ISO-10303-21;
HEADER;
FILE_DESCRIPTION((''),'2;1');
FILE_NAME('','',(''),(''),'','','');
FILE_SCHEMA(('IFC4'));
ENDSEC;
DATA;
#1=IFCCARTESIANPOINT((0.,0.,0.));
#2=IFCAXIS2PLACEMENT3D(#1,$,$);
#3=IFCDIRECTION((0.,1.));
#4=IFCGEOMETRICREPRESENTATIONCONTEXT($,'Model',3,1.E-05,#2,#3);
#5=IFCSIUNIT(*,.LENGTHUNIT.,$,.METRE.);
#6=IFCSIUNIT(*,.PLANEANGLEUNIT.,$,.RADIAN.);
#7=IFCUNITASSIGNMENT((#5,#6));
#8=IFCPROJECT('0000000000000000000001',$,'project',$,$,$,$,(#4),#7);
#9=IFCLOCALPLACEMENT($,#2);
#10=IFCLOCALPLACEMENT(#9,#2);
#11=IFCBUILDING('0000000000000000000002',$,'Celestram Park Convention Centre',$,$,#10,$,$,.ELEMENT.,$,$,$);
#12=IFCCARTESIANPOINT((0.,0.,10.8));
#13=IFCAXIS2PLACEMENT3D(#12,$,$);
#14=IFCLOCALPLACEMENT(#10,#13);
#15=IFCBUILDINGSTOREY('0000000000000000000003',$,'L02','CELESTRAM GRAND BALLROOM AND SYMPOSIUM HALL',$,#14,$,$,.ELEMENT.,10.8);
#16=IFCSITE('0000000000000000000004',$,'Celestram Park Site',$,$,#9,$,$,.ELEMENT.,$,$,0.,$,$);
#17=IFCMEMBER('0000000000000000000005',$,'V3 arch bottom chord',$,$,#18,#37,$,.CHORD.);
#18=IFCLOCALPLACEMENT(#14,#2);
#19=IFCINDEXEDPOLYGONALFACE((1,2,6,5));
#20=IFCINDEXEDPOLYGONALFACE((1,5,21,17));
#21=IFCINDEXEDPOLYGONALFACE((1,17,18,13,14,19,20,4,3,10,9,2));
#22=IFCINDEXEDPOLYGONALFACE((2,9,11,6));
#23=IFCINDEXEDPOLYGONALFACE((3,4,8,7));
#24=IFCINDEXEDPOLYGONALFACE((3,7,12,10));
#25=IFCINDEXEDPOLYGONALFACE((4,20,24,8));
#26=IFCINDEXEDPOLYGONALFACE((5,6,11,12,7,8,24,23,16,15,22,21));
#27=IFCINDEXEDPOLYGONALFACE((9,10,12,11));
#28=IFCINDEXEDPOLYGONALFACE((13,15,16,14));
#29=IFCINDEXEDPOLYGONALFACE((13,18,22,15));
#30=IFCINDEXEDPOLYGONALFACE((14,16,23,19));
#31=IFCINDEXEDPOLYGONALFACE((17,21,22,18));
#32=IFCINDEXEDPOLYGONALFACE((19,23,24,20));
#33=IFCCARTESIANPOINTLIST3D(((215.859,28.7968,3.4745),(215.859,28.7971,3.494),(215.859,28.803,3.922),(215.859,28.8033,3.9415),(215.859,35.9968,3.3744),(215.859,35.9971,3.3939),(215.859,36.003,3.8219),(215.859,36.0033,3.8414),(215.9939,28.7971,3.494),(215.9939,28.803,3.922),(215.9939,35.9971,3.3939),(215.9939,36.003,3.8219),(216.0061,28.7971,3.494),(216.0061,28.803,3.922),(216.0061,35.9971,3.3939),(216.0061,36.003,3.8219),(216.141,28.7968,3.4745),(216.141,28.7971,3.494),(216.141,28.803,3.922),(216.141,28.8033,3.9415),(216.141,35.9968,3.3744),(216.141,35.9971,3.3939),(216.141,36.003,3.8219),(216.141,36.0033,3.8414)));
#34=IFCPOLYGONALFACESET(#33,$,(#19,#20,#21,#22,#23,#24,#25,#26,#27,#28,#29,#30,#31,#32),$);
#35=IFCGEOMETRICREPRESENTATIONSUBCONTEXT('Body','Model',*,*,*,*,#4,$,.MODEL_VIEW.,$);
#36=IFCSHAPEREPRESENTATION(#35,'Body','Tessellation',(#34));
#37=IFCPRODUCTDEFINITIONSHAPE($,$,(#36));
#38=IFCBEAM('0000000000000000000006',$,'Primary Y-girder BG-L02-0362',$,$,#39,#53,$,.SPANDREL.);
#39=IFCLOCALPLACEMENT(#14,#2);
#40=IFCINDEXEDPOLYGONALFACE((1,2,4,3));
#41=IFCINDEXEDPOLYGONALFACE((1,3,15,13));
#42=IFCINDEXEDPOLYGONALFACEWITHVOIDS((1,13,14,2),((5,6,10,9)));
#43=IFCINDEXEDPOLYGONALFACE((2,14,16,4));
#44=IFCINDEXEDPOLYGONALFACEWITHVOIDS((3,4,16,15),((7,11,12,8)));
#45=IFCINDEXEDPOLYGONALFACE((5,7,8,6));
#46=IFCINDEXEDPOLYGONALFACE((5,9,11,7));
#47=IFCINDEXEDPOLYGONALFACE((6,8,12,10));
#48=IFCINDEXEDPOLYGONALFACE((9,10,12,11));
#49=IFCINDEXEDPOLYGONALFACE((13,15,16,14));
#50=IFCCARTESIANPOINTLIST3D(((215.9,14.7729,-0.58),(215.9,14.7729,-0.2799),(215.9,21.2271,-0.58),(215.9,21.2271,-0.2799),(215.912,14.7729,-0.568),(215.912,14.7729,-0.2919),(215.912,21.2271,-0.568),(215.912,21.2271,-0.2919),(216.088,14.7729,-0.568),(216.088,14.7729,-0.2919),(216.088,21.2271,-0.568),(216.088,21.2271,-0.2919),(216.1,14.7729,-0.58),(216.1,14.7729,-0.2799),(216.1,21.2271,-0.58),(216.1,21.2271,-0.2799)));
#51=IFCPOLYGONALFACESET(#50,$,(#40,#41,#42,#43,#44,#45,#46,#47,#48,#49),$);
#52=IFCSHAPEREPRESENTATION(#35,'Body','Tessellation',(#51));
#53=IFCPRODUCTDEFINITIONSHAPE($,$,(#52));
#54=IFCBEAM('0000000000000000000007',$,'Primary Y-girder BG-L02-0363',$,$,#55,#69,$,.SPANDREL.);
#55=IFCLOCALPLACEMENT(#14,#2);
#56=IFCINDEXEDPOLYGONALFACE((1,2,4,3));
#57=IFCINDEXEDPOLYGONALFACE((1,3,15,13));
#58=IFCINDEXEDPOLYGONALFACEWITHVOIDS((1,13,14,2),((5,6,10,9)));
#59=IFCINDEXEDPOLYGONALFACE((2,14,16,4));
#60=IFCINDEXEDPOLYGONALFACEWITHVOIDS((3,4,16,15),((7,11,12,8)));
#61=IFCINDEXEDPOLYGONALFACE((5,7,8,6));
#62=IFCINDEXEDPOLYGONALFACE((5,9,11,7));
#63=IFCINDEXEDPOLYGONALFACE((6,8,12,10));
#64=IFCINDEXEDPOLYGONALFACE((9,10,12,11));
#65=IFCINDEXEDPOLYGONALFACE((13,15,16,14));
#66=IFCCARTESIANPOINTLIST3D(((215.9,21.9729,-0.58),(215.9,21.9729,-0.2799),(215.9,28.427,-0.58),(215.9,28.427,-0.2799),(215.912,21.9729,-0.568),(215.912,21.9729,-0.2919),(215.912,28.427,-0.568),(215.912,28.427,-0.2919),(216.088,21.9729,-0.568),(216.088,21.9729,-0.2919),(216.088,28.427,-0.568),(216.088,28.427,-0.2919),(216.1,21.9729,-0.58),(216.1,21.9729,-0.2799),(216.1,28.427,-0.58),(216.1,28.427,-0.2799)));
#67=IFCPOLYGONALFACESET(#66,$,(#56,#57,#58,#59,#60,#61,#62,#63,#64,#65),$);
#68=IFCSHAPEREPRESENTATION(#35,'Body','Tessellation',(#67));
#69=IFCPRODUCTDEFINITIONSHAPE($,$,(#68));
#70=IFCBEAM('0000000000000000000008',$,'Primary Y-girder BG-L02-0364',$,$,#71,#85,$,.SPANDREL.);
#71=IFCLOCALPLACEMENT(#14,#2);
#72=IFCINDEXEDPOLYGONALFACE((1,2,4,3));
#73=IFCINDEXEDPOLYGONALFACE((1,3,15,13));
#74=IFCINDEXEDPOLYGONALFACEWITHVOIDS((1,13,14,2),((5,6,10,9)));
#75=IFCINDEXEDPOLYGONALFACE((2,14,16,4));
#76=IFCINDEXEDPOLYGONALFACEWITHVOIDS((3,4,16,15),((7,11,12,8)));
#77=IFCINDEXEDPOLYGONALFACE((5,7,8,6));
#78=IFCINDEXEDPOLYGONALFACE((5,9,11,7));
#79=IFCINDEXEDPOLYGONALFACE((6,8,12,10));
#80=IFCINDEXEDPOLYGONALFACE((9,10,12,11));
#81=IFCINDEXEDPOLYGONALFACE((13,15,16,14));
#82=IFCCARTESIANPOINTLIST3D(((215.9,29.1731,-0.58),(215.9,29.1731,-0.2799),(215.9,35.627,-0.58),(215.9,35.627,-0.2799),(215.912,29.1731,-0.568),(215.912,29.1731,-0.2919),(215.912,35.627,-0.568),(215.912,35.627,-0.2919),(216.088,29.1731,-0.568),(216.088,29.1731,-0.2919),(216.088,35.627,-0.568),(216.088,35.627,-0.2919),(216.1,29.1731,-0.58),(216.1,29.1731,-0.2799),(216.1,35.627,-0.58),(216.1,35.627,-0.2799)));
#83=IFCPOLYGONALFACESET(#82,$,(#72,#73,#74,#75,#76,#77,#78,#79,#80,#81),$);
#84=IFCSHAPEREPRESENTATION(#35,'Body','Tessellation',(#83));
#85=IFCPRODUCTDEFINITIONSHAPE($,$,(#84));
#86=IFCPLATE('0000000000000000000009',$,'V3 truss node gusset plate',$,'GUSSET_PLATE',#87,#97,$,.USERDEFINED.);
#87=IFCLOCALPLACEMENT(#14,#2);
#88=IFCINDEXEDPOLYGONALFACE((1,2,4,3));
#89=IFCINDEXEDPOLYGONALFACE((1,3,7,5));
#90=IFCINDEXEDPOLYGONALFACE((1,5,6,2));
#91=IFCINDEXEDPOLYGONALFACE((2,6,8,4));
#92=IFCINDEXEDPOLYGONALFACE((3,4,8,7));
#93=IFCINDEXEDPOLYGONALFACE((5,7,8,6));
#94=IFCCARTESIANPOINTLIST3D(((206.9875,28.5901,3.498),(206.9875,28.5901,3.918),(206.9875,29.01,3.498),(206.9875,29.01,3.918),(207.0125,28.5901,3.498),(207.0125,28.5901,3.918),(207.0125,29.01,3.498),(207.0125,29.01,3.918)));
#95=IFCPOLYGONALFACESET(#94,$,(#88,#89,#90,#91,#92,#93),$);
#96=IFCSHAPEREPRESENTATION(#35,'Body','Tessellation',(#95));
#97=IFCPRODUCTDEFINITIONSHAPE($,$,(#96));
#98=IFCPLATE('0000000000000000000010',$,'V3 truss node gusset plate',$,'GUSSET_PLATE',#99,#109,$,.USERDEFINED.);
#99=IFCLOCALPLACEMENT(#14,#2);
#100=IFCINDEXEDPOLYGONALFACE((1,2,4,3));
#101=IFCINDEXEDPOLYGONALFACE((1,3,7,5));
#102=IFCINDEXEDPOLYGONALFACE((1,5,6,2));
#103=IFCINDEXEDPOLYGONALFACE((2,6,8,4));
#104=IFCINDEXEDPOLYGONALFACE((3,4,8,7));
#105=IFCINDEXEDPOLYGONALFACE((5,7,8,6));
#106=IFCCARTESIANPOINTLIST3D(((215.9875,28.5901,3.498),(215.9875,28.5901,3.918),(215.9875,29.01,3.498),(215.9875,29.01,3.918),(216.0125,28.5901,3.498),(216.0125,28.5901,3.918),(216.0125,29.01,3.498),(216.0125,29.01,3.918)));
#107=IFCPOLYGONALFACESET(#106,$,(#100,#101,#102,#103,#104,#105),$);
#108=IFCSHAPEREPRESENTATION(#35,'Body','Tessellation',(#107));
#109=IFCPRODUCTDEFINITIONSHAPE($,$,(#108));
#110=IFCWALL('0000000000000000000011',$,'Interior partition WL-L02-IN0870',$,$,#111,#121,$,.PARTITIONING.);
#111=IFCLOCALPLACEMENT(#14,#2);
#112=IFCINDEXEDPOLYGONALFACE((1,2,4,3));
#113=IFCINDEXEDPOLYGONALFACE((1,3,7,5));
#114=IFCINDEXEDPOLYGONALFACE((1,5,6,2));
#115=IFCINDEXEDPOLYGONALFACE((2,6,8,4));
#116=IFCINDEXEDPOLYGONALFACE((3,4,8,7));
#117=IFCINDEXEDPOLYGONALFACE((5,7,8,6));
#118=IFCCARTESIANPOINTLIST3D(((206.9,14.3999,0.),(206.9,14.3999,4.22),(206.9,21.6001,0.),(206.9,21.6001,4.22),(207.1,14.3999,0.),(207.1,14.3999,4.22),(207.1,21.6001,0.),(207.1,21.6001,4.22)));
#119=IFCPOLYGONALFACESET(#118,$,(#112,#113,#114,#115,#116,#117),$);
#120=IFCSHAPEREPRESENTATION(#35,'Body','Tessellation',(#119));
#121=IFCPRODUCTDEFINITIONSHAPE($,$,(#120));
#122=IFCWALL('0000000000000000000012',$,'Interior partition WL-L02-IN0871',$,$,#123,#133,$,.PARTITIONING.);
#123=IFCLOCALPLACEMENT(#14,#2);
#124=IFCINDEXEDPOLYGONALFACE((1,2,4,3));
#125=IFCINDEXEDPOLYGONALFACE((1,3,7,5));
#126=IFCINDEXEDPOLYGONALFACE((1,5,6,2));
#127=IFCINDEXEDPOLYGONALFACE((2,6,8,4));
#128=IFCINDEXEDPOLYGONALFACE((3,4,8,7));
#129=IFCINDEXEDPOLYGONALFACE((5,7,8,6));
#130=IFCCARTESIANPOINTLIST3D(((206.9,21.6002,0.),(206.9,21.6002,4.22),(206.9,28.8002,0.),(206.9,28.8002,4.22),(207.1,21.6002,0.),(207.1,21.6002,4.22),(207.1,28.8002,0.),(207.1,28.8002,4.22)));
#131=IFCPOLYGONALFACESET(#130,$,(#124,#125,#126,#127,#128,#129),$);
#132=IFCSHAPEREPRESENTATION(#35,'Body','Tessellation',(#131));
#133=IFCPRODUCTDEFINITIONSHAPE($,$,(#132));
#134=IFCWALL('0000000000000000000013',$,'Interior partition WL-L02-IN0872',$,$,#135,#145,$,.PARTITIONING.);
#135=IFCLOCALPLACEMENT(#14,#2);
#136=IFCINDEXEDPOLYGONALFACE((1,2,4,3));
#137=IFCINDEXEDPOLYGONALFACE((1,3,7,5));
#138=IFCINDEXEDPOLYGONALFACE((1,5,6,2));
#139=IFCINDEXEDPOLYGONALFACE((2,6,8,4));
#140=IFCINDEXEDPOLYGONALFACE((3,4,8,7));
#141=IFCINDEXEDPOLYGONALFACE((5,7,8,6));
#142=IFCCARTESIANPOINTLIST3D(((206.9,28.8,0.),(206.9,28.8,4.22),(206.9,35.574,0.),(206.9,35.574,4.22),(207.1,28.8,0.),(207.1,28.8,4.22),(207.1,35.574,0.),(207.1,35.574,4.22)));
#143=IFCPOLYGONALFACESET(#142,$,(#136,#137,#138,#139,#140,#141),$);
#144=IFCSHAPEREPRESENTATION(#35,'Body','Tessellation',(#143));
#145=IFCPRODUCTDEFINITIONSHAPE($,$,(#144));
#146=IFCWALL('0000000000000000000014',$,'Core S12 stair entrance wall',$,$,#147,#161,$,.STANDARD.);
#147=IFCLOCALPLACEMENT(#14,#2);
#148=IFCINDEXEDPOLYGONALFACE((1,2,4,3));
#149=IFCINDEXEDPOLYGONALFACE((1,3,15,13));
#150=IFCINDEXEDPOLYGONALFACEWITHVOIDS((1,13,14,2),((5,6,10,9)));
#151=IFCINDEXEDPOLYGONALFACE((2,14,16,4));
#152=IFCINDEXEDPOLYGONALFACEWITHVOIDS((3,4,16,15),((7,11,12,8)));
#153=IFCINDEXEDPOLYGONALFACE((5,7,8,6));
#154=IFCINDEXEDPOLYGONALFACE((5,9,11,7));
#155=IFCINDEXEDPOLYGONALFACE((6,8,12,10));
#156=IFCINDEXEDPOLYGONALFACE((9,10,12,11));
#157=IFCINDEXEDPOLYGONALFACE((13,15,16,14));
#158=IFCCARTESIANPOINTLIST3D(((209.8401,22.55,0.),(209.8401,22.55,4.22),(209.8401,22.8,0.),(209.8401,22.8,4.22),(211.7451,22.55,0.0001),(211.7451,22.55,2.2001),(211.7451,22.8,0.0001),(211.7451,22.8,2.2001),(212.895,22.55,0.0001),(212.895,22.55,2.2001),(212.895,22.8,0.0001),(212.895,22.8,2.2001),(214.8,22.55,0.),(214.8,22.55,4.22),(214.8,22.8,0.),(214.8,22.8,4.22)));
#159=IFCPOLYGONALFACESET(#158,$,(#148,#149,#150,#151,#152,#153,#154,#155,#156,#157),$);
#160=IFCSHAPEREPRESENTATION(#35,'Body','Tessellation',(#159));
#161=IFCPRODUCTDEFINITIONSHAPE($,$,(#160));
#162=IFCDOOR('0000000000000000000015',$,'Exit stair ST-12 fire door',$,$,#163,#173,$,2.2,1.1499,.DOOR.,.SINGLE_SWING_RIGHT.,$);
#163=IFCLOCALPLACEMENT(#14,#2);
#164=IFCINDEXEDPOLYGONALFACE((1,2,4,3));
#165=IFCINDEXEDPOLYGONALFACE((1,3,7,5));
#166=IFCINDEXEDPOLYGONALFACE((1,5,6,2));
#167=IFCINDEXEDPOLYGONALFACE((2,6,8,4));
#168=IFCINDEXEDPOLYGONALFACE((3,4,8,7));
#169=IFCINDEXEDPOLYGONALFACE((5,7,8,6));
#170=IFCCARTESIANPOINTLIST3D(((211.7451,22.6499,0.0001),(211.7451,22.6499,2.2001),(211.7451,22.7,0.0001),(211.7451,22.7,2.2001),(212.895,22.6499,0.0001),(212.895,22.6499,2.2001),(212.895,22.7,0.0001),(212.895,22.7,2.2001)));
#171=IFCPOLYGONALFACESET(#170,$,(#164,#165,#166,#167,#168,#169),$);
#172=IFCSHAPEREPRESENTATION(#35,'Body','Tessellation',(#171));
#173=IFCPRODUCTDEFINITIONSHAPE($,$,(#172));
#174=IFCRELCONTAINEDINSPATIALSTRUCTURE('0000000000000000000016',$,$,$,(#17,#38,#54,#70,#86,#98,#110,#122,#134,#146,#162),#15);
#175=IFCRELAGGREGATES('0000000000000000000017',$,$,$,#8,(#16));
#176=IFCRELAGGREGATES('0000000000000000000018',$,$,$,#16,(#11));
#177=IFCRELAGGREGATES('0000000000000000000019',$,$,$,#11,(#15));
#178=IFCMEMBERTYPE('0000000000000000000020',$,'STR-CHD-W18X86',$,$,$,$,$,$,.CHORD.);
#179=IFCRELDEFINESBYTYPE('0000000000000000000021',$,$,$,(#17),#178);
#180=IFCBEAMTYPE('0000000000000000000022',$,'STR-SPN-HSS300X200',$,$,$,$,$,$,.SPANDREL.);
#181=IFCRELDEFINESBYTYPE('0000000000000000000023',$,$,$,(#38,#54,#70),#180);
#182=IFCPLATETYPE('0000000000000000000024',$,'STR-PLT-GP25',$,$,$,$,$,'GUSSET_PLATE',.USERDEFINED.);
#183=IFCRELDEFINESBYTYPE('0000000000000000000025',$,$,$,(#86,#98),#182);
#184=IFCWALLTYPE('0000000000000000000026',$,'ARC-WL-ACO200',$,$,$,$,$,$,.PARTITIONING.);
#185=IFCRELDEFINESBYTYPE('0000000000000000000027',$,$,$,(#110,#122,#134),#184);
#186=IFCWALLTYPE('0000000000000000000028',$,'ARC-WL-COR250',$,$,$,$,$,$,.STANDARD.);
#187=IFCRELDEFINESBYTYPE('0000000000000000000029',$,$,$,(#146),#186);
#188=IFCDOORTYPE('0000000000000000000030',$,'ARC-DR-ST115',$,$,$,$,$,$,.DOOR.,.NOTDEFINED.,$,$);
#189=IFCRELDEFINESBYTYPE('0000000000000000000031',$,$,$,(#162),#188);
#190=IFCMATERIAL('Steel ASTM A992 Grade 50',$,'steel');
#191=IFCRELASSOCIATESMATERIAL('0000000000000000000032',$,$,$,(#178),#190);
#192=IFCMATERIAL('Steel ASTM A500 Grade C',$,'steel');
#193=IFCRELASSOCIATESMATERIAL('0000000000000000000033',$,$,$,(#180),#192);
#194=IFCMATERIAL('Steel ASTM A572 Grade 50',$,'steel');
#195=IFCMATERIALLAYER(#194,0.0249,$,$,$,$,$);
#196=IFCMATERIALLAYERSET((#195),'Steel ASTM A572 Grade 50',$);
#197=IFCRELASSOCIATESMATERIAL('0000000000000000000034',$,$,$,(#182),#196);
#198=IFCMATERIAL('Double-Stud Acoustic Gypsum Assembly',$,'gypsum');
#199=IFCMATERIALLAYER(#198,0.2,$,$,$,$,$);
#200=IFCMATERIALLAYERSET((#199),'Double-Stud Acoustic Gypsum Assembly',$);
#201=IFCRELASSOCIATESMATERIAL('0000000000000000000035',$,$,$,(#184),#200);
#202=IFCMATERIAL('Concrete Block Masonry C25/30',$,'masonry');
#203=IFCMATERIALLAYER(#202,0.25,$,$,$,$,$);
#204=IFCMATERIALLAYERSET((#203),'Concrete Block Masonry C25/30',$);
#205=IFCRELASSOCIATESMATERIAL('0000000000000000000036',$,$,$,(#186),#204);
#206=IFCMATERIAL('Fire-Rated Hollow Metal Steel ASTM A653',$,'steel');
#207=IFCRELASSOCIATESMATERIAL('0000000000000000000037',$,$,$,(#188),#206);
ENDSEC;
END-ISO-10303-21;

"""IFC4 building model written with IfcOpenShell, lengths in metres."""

from ifc_helpers import new_model, si_unit, direction, frame, frame_2d, origin, origin_2d, place, context, subcontext, project, spatial, rectangle, hollow_rectangle, i_section, extrude, material, layer, layer_set, material_profile, profile_set, type_object, element, fill, save


model = new_model("IFC4")

# Units and contexts
model_context = context("Model", 3, precision=1e-05, world=origin(), true_north=direction((0.0, 1.0)))
body_context = subcontext(model_context, "Body", "Model", "MODEL_VIEW")
ifc_project = project(units=[si_unit("LENGTHUNIT", "METRE"), si_unit("PLANEANGLEUNIT", "RADIAN")], contexts=[model_context])

# Site, building, storey
site_placement = place(None, origin())
site = spatial("IfcSite", under=ifc_project, at=site_placement, Name="Celestram Park Site", CompositionType="ELEMENT", RefElevation=0.0)
building_placement = place(site_placement, origin())
building = spatial("IfcBuilding", under=site, at=building_placement, Name="Celestram Park Convention Centre", CompositionType="ELEMENT")
storey_placement = place(building_placement, frame((0.0, 0.0, 10.8)))
storey = spatial("IfcBuildingStorey", under=building, at=storey_placement, Name="L02", Description="CELESTRAM GRAND BALLROOM AND SYMPOSIUM HALL", CompositionType="ELEMENT", Elevation=10.8)

# Shared definitions
ifc_material_1 = material(Name="Steel ASTM A992 Grade 50", Category="steel")

# Member
ifc_material_profile_1 = material_profile(ifc_material_1, i_section(OverallWidth=0.282, OverallDepth=0.467, WebThickness=0.0122, FlangeThickness=0.0195, at=origin_2d()), Name="W18X86")
ifc_profile_set_1 = profile_set([ifc_material_profile_1], Name="Steel ASTM A992 Grade 50")
member_type = type_object("IfcMemberType", Name="STR-CHD-W18X86", PredefinedType="CHORD", material=ifc_profile_set_1)
for number, where, z_axis, x_axis, name in (
    (1, (216.0, 28.8, 3.708), (0.0, 0.999903, -0.013901), (-1.0, 0.0, 0.0), "V3 arch bottom chord"),
):
    element("IfcMember", number, at=place(storey_placement, frame(where, z_axis=z_axis, x_axis=x_axis)), inside=storey, type_object=member_type, Name=name, PredefinedType="CHORD", context=body_context, shape_type="SweptSolid", body=[
        extrude(i_section(OverallWidth=0.282, OverallDepth=0.467, WebThickness=0.0122, FlangeThickness=0.0195, at=origin_2d()), origin(), (0.0, 0.0, 1.0), 7.2007),
    ])

# Beams
ifc_material_2 = material(Name="Steel ASTM A500 Grade C", Category="steel")
ifc_material_profile_2 = material_profile(ifc_material_2, hollow_rectangle(XDim=0.2, YDim=0.3, WallThickness=0.012, at=origin_2d()), Name="HSS300X200X12")
ifc_profile_set_2 = profile_set([ifc_material_profile_2], Name="Steel ASTM A500 Grade C")
beam_type_1 = type_object("IfcBeamType", Name="STR-SPN-HSS300X200", PredefinedType="SPANDREL", material=ifc_profile_set_2)
for number, where, z_axis, x_axis, name in (
    (2, (216.0, 14.7729, -0.4299), (0.0, 1.0, 0.0), (-1.0, 0.0, 0.0), "Primary Y-girder BG-L02-0362"),
    (3, (216.0, 21.9729, -0.4299), (0.0, 1.0, 0.0), (-1.0, 0.0, 0.0), "Primary Y-girder BG-L02-0363"),
):
    element("IfcBeam", number, at=place(storey_placement, frame(where, z_axis=z_axis, x_axis=x_axis)), inside=storey, type_object=beam_type_1, Name=name, PredefinedType="SPANDREL", context=body_context, shape_type="SweptSolid", body=[
        extrude(hollow_rectangle(XDim=0.2, YDim=0.3, WallThickness=0.012, at=origin_2d()), origin(), (0.0, 0.0, 1.0), 6.4541),
    ])
beam_1_placement = place(storey_placement, frame((216.0, 29.1731, -0.4299), z_axis=(0.0, 1.0, 0.0), x_axis=(-1.0, 0.0, 0.0)))
element("IfcBeam", 4, at=beam_1_placement, inside=storey, type_object=beam_type_1, Name="Primary Y-girder BG-L02-0364", PredefinedType="SPANDREL", context=body_context, shape_type="SweptSolid", body=[
    extrude(hollow_rectangle(XDim=0.2, YDim=0.3, WallThickness=0.012, at=origin_2d()), origin(), (0.0, 0.0, 1.0), 6.4539),
])

# Plates
ifc_material_3 = material(Name="Steel ASTM A572 Grade 50", Category="steel")
ifc_layer_1 = layer(ifc_material_3, 0.0249)
ifc_layer_set_1 = layer_set([ifc_layer_1], Name="Steel ASTM A572 Grade 50")
plate_type = type_object("IfcPlateType", Name="STR-PLT-GP25", ElementType="GUSSET_PLATE", PredefinedType="USERDEFINED", material=ifc_layer_set_1)
for number, where, z_axis, x_axis, name in (
    (5, (207.0, 28.8, 3.498), (0.0, 0.0, 1.0), (0.0, 1.0, 0.0), "V3 truss node gusset plate"),
    (6, (216.0, 28.8, 3.498), (0.0, 0.0, 1.0), (0.0, 1.0, 0.0), "V3 truss node gusset plate"),
):
    element("IfcPlate", number, at=place(storey_placement, frame(where, z_axis=z_axis, x_axis=x_axis)), inside=storey, type_object=plate_type, Name=name, ObjectType="GUSSET_PLATE", PredefinedType="USERDEFINED", context=body_context, shape_type="SweptSolid", body=[
        extrude(rectangle(XDim=0.4199, YDim=0.0249, at=origin_2d()), origin(), (0.0, 0.0, 1.0), 0.4199),
    ])

# Walls
ifc_material_4 = material(Name="Double-Stud Acoustic Gypsum Assembly", Category="gypsum")
ifc_layer_2 = layer(ifc_material_4, 0.2)
ifc_layer_set_2 = layer_set([ifc_layer_2], Name="Double-Stud Acoustic Gypsum Assembly")
wall_type_1 = type_object("IfcWallType", Name="ARC-WL-ACO200", PredefinedType="PARTITIONING", material=ifc_layer_set_2)
wall_1_placement = place(storey_placement, frame((207.0, 14.3999, 0.0), z_axis=(0.0, 0.0, 1.0), x_axis=(0.0, 1.0, 0.0)))
element("IfcWall", 7, at=wall_1_placement, inside=storey, type_object=wall_type_1, Name="Interior partition WL-L02-IN0870", PredefinedType="PARTITIONING", context=body_context, shape_type="SweptSolid", body=[
    extrude(rectangle(XDim=7.2002, YDim=0.2, at=frame_2d((3.6001, 0.0))), origin(), (0.0, 0.0, 1.0), 4.22),
])
wall_2_placement = place(storey_placement, frame((207.0, 21.6001, 0.0), z_axis=(0.0, 0.0, 1.0), x_axis=(0.0, 1.0, 0.0)))
element("IfcWall", 8, at=wall_2_placement, inside=storey, type_object=wall_type_1, Name="Interior partition WL-L02-IN0871", PredefinedType="PARTITIONING", context=body_context, shape_type="SweptSolid", body=[
    extrude(rectangle(XDim=7.2, YDim=0.2, at=frame_2d((3.6001, 0.0))), origin(), (0.0, 0.0, 1.0), 4.22),
])
wall_3_placement = place(storey_placement, frame((207.0, 28.8, 0.0), z_axis=(0.0, 0.0, 1.0), x_axis=(0.0, 1.0, 0.0)))
element("IfcWall", 9, at=wall_3_placement, inside=storey, type_object=wall_type_1, Name="Interior partition WL-L02-IN0872", PredefinedType="PARTITIONING", context=body_context, shape_type="SweptSolid", body=[
    extrude(rectangle(XDim=6.7739, YDim=0.2, at=frame_2d((3.387, 0.0))), origin(), (0.0, 0.0, 1.0), 4.22),
])

# Wall, opening, door
ifc_material_5 = material(Name="Concrete Block Masonry C25/30", Category="masonry")
ifc_layer_3 = layer(ifc_material_5, 0.25)
ifc_layer_set_3 = layer_set([ifc_layer_3], Name="Concrete Block Masonry C25/30")
wall_type_2 = type_object("IfcWallType", Name="ARC-WL-COR250", PredefinedType="STANDARD", material=ifc_layer_set_3)
wall_4_placement = place(storey_placement, frame((209.8401, 22.675, 0.0), z_axis=(0.0, 0.0, 1.0), x_axis=(1.0, 0.0, 0.0)))
wall_4 = element("IfcWall", 10, at=wall_4_placement, inside=storey, type_object=wall_type_2, Name="Core S12 stair entrance wall", PredefinedType="STANDARD", context=body_context, shape_type="SweptSolid", body=[
    extrude(rectangle(XDim=4.96, YDim=0.25, at=frame_2d((2.48, 0.0))), origin(), (0.0, 0.0, 1.0), 4.22),
])
opening_1_placement = place(wall_4_placement, frame((1.905, 0.0, 0.0)))
opening_1 = element("IfcOpeningElement", 11, at=opening_1_placement, cuts=wall_4, PredefinedType="OPENING", context=body_context, shape_type="SweptSolid", body=[
    extrude(rectangle(XDim=1.1499, YDim=2.2, at=frame_2d((0.575, 1.1001))), frame((0.0, 0.135, 0.0), z_axis=(0.0, -1.0, 0.0), x_axis=(1.0, 0.0, 0.0)), (0.0, 0.0, 1.0), 0.27),
])
ifc_material_6 = material(Name="Fire-Rated Hollow Metal Steel ASTM A653", Category="steel")
door_type = type_object("IfcDoorType", Name="ARC-DR-ST115", OperationType="NOTDEFINED", PredefinedType="DOOR", material=ifc_material_6)
door_placement = place(opening_1_placement, origin())
door = element("IfcDoor", 12, at=door_placement, inside=storey, type_object=door_type, Name="Exit stair ST-12 fire door", OperationType="SINGLE_SWING_RIGHT", OverallHeight=2.2, OverallWidth=1.1499, PredefinedType="DOOR", context=body_context, shape_type="SweptSolid", body=[
    extrude(rectangle(XDim=1.1499, YDim=2.2, at=frame_2d((0.575, 1.1001))), frame((0.0, 0.0249, 0.0), z_axis=(0.0, -1.0, 0.0), x_axis=(1.0, 0.0, 0.0)), (0.0, 0.0, 1.0), 0.05),
])
fill(opening_1, door)

save(model, "model.ifc")
